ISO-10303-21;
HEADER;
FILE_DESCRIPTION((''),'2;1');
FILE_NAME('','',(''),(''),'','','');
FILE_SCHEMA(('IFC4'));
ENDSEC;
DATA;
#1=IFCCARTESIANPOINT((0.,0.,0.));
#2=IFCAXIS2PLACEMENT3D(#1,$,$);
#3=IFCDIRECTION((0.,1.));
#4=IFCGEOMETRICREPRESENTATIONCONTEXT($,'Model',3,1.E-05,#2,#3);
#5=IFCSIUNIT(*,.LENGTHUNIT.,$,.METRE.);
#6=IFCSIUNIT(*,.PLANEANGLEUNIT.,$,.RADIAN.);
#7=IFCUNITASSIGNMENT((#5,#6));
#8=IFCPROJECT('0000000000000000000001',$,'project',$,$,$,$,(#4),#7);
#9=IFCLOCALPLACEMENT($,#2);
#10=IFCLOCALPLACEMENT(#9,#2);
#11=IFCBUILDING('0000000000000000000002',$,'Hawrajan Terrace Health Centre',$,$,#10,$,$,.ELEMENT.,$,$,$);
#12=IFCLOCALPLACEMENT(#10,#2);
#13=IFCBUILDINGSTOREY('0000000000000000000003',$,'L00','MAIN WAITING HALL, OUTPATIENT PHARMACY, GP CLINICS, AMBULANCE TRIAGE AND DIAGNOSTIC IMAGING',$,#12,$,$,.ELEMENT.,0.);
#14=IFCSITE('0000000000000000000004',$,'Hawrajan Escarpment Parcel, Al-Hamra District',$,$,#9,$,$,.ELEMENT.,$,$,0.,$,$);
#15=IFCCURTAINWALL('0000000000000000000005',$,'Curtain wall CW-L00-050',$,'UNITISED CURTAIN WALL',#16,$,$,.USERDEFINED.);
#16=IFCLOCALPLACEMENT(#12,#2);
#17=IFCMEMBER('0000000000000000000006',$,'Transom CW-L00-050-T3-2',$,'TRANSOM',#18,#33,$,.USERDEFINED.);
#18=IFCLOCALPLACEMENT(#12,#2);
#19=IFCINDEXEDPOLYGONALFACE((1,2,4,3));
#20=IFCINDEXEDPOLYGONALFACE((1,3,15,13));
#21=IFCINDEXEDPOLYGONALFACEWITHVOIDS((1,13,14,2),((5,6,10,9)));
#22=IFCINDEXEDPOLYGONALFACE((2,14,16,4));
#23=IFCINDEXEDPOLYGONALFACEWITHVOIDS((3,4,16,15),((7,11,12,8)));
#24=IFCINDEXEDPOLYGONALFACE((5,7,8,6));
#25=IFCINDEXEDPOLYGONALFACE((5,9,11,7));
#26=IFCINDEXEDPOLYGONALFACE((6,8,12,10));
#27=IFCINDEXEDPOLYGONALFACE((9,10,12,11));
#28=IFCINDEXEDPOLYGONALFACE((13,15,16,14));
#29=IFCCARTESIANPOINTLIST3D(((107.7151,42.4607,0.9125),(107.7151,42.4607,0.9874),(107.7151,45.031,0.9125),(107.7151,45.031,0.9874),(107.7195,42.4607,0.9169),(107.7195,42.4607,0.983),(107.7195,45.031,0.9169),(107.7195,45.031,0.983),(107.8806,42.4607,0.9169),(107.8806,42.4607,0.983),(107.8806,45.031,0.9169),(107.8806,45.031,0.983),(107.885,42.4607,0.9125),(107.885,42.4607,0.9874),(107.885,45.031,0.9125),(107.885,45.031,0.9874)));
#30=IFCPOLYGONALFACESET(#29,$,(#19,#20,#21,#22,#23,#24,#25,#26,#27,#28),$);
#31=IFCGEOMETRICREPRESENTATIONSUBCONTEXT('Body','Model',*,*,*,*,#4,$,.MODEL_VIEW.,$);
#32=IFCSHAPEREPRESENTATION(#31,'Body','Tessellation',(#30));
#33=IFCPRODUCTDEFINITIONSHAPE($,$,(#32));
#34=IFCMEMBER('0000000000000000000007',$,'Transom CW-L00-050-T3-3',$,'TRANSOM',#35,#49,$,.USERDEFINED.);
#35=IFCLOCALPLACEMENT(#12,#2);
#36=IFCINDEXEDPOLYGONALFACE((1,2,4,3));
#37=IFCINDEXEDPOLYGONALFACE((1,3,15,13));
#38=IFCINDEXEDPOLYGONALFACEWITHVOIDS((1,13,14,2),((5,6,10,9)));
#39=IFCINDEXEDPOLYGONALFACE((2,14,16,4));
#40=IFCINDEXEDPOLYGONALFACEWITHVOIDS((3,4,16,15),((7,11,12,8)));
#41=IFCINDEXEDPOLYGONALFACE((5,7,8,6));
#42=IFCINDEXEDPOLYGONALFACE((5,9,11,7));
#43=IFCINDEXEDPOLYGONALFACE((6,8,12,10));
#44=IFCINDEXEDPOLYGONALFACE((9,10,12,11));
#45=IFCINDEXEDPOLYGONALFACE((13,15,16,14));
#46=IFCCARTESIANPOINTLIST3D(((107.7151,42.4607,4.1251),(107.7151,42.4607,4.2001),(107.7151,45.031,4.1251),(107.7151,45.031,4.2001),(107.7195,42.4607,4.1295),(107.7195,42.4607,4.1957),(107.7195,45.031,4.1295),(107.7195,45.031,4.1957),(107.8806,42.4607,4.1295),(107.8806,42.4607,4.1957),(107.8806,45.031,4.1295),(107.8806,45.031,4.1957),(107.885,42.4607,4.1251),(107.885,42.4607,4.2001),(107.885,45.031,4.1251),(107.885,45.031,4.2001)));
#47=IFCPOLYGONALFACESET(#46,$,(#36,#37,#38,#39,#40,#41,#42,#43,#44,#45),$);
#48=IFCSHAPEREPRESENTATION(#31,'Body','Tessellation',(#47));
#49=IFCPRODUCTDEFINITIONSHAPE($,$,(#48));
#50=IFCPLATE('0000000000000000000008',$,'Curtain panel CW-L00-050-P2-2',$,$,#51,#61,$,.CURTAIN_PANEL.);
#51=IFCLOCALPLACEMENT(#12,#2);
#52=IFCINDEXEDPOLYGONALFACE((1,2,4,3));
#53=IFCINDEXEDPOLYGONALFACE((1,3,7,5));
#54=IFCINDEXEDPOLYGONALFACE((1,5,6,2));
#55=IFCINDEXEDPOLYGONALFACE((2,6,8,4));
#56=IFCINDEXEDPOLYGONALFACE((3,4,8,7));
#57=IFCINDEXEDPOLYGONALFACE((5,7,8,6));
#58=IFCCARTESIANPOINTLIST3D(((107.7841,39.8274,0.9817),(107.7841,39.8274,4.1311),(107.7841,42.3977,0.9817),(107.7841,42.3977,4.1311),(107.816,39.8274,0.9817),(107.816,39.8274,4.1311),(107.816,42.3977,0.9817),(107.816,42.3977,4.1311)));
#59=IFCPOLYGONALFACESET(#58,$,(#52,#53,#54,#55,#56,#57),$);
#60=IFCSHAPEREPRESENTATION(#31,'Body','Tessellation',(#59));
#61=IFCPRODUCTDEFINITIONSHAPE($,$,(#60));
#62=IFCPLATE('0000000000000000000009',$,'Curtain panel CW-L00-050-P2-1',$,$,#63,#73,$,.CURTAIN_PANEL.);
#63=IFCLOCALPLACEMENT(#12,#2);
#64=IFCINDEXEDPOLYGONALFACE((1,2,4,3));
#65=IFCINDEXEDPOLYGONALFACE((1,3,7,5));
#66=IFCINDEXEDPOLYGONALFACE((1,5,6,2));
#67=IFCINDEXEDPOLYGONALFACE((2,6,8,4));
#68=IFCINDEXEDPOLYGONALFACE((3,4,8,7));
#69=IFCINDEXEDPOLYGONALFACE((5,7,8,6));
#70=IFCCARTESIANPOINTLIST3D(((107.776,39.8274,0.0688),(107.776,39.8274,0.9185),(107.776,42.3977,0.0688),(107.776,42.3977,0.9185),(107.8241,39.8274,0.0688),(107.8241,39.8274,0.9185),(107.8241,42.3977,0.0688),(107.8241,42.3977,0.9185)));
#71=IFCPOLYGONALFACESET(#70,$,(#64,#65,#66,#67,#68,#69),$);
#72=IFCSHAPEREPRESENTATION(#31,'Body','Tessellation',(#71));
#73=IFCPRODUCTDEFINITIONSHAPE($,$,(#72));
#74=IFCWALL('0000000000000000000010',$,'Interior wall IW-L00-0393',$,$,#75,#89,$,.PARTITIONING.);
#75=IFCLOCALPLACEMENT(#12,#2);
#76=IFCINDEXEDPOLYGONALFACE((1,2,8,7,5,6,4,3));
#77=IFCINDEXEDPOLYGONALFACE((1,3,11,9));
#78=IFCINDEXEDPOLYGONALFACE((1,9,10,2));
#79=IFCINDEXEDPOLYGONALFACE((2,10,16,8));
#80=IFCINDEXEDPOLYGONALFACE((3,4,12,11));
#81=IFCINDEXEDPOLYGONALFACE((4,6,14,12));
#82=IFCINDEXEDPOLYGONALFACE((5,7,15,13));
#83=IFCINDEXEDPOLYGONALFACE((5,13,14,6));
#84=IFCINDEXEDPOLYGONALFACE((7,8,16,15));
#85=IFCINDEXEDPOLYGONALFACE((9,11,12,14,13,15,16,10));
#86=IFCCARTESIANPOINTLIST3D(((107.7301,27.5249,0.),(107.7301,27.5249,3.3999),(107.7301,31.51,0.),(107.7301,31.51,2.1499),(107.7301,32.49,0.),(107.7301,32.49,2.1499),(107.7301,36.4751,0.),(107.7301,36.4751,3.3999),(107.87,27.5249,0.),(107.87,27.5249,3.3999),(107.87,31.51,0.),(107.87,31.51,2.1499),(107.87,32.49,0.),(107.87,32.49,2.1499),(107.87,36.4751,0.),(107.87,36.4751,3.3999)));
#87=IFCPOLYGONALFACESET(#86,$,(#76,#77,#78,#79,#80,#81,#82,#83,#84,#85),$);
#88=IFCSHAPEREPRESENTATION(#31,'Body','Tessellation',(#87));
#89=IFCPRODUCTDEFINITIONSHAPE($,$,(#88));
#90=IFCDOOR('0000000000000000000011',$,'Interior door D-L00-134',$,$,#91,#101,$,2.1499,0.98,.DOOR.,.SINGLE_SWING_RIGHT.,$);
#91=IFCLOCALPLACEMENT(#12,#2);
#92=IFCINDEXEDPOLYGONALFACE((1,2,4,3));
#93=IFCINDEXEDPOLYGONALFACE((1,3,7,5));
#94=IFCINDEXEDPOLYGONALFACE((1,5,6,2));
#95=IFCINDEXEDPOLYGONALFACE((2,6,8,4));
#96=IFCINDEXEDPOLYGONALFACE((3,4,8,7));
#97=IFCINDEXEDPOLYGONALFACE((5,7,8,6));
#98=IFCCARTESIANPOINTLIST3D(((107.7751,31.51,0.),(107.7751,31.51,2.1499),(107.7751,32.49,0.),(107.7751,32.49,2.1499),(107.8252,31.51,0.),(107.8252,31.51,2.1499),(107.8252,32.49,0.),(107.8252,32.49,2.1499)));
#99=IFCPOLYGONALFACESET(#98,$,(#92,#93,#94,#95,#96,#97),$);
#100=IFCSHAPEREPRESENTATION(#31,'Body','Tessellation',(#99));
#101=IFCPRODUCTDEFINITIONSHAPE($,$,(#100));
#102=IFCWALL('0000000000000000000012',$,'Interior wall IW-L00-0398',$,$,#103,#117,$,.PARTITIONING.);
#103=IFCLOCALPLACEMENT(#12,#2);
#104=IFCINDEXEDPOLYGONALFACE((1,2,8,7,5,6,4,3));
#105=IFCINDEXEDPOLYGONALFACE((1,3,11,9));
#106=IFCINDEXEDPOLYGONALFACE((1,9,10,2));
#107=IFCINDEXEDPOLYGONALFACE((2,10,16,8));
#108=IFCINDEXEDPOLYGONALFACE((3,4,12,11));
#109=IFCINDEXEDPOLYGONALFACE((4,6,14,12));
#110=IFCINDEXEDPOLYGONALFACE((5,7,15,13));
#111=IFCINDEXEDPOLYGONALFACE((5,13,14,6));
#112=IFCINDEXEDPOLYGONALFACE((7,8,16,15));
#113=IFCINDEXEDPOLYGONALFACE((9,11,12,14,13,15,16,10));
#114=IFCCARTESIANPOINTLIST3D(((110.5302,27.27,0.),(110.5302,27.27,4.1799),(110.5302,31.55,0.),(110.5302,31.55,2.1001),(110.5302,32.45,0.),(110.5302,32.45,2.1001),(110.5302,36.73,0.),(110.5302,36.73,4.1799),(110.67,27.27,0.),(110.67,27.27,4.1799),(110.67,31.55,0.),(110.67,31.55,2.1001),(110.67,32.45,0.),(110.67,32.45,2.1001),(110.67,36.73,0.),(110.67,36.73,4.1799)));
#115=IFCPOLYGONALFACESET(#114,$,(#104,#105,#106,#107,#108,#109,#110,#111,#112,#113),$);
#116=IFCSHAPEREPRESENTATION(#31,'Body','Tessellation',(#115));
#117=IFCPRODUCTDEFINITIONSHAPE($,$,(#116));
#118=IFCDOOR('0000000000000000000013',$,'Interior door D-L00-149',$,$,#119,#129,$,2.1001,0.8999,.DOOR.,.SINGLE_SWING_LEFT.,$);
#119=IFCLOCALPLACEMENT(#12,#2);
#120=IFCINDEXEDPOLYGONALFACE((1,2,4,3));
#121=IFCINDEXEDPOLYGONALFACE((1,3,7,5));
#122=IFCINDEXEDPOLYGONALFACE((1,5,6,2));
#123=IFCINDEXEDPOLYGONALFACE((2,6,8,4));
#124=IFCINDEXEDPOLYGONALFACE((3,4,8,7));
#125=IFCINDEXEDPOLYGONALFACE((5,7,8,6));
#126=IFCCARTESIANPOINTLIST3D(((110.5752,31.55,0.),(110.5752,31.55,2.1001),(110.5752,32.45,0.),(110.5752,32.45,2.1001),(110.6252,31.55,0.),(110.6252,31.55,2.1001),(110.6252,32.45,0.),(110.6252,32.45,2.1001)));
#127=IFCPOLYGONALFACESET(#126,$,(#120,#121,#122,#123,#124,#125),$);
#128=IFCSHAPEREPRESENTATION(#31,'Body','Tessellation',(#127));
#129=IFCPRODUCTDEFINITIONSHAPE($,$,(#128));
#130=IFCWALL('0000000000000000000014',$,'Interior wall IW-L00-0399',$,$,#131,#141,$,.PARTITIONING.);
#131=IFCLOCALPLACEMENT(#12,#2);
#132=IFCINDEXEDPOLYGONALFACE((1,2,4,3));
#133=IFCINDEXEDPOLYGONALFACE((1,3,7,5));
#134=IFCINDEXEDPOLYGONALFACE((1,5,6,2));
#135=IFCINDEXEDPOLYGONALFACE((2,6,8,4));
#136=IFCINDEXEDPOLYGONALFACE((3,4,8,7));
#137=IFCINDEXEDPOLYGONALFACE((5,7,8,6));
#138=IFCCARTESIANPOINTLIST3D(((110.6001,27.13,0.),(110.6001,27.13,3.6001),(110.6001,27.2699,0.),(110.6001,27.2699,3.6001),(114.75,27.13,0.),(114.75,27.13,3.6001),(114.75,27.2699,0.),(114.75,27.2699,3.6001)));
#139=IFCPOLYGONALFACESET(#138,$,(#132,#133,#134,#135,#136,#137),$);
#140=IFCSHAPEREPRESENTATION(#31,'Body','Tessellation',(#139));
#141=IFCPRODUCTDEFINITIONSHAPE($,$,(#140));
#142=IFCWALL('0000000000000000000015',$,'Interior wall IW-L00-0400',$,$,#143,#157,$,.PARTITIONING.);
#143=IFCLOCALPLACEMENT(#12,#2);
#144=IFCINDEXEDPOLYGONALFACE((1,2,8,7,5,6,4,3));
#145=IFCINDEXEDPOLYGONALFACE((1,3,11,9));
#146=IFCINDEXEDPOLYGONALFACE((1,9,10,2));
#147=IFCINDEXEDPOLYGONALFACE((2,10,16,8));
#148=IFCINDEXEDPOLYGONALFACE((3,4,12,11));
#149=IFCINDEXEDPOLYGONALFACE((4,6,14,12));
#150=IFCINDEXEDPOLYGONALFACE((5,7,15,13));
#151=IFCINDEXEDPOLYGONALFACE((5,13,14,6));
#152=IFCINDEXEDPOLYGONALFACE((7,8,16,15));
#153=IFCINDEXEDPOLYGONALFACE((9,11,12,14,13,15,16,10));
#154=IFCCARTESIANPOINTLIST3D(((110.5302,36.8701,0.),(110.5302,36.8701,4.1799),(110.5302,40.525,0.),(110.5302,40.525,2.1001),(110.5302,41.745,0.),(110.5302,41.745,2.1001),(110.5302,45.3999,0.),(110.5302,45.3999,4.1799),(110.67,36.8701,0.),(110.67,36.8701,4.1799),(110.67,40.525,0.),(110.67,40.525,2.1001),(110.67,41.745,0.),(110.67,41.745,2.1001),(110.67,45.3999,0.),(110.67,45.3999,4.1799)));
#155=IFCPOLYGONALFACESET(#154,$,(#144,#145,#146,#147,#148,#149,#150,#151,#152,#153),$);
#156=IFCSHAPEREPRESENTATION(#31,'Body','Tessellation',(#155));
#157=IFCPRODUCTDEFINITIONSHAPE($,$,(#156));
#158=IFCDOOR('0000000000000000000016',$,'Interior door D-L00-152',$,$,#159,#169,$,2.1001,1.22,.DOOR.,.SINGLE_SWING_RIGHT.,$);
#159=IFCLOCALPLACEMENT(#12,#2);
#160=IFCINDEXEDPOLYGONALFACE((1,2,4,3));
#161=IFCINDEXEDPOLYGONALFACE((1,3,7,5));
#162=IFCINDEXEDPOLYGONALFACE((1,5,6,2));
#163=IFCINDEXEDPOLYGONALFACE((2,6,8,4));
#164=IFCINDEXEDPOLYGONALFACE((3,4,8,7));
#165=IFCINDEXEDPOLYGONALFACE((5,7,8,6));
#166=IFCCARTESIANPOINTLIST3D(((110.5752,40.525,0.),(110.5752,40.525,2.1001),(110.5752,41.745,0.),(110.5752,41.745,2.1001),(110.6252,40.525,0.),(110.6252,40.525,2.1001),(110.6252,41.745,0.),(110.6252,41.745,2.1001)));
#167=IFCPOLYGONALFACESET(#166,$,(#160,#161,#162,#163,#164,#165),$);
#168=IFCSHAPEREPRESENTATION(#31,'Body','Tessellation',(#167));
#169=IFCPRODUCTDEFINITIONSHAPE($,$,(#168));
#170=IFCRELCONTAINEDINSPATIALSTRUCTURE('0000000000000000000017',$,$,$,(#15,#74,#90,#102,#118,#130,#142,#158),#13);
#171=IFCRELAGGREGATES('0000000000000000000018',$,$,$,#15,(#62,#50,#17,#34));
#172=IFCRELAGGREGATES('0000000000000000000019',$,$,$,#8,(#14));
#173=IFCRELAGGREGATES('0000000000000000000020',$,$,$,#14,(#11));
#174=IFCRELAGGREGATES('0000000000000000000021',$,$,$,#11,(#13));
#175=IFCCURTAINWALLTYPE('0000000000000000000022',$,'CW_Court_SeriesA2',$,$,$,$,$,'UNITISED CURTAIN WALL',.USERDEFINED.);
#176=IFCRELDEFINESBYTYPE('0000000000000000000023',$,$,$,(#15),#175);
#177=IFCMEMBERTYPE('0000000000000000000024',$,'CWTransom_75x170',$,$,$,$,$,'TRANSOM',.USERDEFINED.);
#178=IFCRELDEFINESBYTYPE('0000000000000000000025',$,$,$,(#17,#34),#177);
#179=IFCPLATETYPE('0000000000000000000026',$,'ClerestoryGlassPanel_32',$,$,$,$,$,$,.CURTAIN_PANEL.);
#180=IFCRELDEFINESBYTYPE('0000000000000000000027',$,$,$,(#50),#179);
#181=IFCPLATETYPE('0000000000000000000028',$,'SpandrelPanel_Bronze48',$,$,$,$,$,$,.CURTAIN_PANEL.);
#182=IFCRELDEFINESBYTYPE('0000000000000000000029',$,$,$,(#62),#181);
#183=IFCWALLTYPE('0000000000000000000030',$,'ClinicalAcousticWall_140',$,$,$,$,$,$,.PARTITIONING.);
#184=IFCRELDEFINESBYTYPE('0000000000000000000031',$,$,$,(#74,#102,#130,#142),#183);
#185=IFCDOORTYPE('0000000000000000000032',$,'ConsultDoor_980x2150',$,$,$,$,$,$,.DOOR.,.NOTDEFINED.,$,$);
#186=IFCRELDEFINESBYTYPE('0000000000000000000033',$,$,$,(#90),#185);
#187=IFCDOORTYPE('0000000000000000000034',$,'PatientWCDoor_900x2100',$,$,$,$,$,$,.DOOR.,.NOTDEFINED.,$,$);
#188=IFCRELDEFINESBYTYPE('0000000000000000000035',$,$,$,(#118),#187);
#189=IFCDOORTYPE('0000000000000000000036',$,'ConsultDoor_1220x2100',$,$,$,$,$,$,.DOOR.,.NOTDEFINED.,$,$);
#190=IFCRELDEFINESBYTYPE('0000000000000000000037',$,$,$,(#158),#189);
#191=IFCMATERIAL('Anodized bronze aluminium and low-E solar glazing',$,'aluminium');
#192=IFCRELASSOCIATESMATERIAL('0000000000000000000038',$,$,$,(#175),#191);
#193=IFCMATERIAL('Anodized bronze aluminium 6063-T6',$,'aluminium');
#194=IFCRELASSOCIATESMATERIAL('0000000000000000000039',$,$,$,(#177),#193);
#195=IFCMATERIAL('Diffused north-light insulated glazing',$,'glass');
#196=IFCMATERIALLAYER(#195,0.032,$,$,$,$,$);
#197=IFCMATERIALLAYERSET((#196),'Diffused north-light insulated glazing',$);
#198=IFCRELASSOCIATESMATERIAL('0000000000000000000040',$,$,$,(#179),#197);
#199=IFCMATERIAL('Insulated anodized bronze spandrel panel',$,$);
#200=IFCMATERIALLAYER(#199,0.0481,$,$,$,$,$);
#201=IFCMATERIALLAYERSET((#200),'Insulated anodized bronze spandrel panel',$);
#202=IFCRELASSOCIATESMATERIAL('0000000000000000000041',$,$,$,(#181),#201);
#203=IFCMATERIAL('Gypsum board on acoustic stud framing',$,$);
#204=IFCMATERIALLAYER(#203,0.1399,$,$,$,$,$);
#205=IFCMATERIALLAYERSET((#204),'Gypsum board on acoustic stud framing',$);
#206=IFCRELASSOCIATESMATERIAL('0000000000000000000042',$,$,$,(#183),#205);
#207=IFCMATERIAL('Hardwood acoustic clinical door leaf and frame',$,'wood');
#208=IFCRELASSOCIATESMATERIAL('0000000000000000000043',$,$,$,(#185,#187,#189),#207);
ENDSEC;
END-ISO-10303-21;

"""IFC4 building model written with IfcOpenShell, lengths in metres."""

from ifc_helpers import new_model, si_unit, direction, frame, frame_2d, origin, origin_2d, place, context, subcontext, project, spatial, rectangle, hollow_rectangle, extrude, material, layer, layer_set, material_profile, profile_set, type_object, element, fill, aggregate, save


model = new_model("IFC4")

# Units and contexts
model_context = context("Model", 3, precision=1e-05, world=origin(), true_north=direction((0.0, 1.0)))
body_context = subcontext(model_context, "Body", "Model", "MODEL_VIEW")
ifc_project = project(units=[si_unit("LENGTHUNIT", "METRE"), si_unit("PLANEANGLEUNIT", "RADIAN")], contexts=[model_context])

# Site, building, storey
site_placement = place(None, origin())
site = spatial("IfcSite", under=ifc_project, at=site_placement, Name="Hawrajan Escarpment Parcel, Al-Hamra District", CompositionType="ELEMENT", RefElevation=0.0)
building_placement = place(site_placement, origin())
building = spatial("IfcBuilding", under=site, at=building_placement, Name="Hawrajan Terrace Health Centre", CompositionType="ELEMENT")
storey_placement = place(building_placement, origin())
storey = spatial("IfcBuildingStorey", under=building, at=storey_placement, Name="L00", Description="MAIN WAITING HALL, OUTPATIENT PHARMACY, GP CLINICS, AMBULANCE TRIAGE AND DIAGNOSTIC IMAGING", CompositionType="ELEMENT", Elevation=0.0)

# Curtain wall, members, plates
ifc_material_1 = material(Name="Anodized bronze aluminium and low-E solar glazing", Category="aluminium")
curtain_wall_type = type_object("IfcCurtainWallType", Name="CW_Court_SeriesA2", ElementType="UNITISED CURTAIN WALL", PredefinedType="USERDEFINED", material=ifc_material_1)
curtain_wall_placement = place(storey_placement, origin())
curtain_wall = element("IfcCurtainWall", 1, at=curtain_wall_placement, inside=storey, type_object=curtain_wall_type, Name="Curtain wall CW-L00-050", ObjectType="UNITISED CURTAIN WALL", PredefinedType="USERDEFINED")
ifc_material_2 = material(Name="Anodized bronze aluminium 6063-T6", Category="aluminium")
ifc_material_profile_1 = material_profile(ifc_material_2, hollow_rectangle(XDim=0.075, YDim=0.1699, WallThickness=0.0044, at=origin_2d()), Name="CW TRN 75x170")
ifc_profile_set_1 = profile_set([ifc_material_profile_1], Name="Anodized bronze aluminium 6063-T6")
member_type = type_object("IfcMemberType", Name="CWTransom_75x170", ElementType="TRANSOM", PredefinedType="USERDEFINED", material=ifc_profile_set_1)
member_1_placement = place(storey_placement, frame((107.8, 42.4607, 0.95), z_axis=(0.0, 1.0, 0.0), x_axis=(0.0, 0.0, 1.0)))
member_1 = element("IfcMember", 2, at=member_1_placement, type_object=member_type, Name="Transom CW-L00-050-T3-2", ObjectType="TRANSOM", PredefinedType="USERDEFINED", context=body_context, shape_type="SweptSolid", body=[
    extrude(hollow_rectangle(XDim=0.075, YDim=0.1699, WallThickness=0.0044, at=origin_2d()), origin(), (0.0, 0.0, 1.0), 2.5703),
])
member_2_placement = place(storey_placement, frame((107.8, 42.4607, 4.1626), z_axis=(0.0, 1.0, 0.0), x_axis=(0.0, 0.0, 1.0)))
member_2 = element("IfcMember", 3, at=member_2_placement, type_object=member_type, Name="Transom CW-L00-050-T3-3", ObjectType="TRANSOM", PredefinedType="USERDEFINED", context=body_context, shape_type="SweptSolid", body=[
    extrude(hollow_rectangle(XDim=0.075, YDim=0.1699, WallThickness=0.0044, at=origin_2d()), origin(), (0.0, 0.0, 1.0), 2.5703),
])
ifc_material_3 = material(Name="Diffused north-light insulated glazing", Category="glass")
ifc_layer_1 = layer(ifc_material_3, 0.032)
ifc_layer_set_1 = layer_set([ifc_layer_1], Name="Diffused north-light insulated glazing")
plate_type_1 = type_object("IfcPlateType", Name="ClerestoryGlassPanel_32", PredefinedType="CURTAIN_PANEL", material=ifc_layer_set_1)
plate_1_placement = place(storey_placement, frame((107.8, 41.1125, 0.9817), z_axis=(0.0, 0.0, 1.0), x_axis=(0.0, 1.0, 0.0)))
plate_1 = element("IfcPlate", 4, at=plate_1_placement, type_object=plate_type_1, Name="Curtain panel CW-L00-050-P2-2", PredefinedType="CURTAIN_PANEL", context=body_context, shape_type="SweptSolid", body=[
    extrude(rectangle(XDim=2.5703, YDim=0.032, at=origin_2d()), origin(), (0.0, 0.0, 1.0), 3.1494),
])
ifc_material_4 = material(Name="Insulated anodized bronze spandrel panel")
ifc_layer_2 = layer(ifc_material_4, 0.0481)
ifc_layer_set_2 = layer_set([ifc_layer_2], Name="Insulated anodized bronze spandrel panel")
plate_type_2 = type_object("IfcPlateType", Name="SpandrelPanel_Bronze48", PredefinedType="CURTAIN_PANEL", material=ifc_layer_set_2)
plate_2_placement = place(storey_placement, frame((107.8, 41.1125, 0.0688), z_axis=(0.0, 0.0, 1.0), x_axis=(0.0, 1.0, 0.0)))
plate_2 = element("IfcPlate", 5, at=plate_2_placement, type_object=plate_type_2, Name="Curtain panel CW-L00-050-P2-1", PredefinedType="CURTAIN_PANEL", context=body_context, shape_type="SweptSolid", body=[
    extrude(rectangle(XDim=2.5703, YDim=0.0481, at=origin_2d()), origin(), (0.0, 0.0, 1.0), 0.8496),
])
aggregate(curtain_wall, [plate_2, plate_1, member_1, member_2])

# Walls, openings, doors
ifc_material_5 = material(Name="Gypsum board on acoustic stud framing")
ifc_layer_3 = layer(ifc_material_5, 0.1399)
ifc_layer_set_3 = layer_set([ifc_layer_3], Name="Gypsum board on acoustic stud framing")
wall_type_1 = type_object("IfcWallType", Name="ClinicalAcousticWall_140", PredefinedType="PARTITIONING", material=ifc_layer_set_3)
wall_1_placement = place(storey_placement, frame((107.8, 27.5249, 0.0), z_axis=(0.0, 0.0, 1.0), x_axis=(0.0, 1.0, 0.0)))
wall_1 = element("IfcWall", 6, at=wall_1_placement, inside=storey, type_object=wall_type_1, Name="Interior wall IW-L00-0393", PredefinedType="PARTITIONING", context=body_context, shape_type="SweptSolid", body=[
    extrude(rectangle(XDim=8.9502, YDim=0.1399, at=frame_2d((4.4751, 0.0))), origin(), (0.0, 0.0, 1.0), 3.3999),
])
opening_1_placement = place(wall_1_placement, frame((3.9851, 0.0, 0.0)))
opening_1 = element("IfcOpeningElement", 7, at=opening_1_placement, cuts=wall_1, PredefinedType="OPENING", context=body_context, shape_type="SweptSolid", body=[
    extrude(rectangle(XDim=0.98, YDim=2.1499, at=frame_2d((0.49, 1.075))), frame((0.0, 0.0798, 0.0), z_axis=(0.0, -1.0, 0.0), x_axis=(1.0, 0.0, 0.0)), (0.0, 0.0, 1.0), 0.1599),
])
ifc_material_6 = material(Name="Hardwood acoustic clinical door leaf and frame", Category="wood")
door_type_1 = type_object("IfcDoorType", Name="ConsultDoor_980x2150", OperationType="NOTDEFINED", PredefinedType="DOOR", material=ifc_material_6)
door_1_placement = place(opening_1_placement, origin())
door_1 = element("IfcDoor", 8, at=door_1_placement, inside=storey, type_object=door_type_1, Name="Interior door D-L00-134", OperationType="SINGLE_SWING_RIGHT", OverallHeight=2.1499, OverallWidth=0.98, PredefinedType="DOOR", context=body_context, shape_type="SweptSolid", body=[
    extrude(rectangle(XDim=0.98, YDim=2.1499, at=frame_2d((0.49, 1.075))), frame((0.0, 0.0249, 0.0), z_axis=(0.0, -1.0, 0.0), x_axis=(1.0, 0.0, 0.0)), (0.0, 0.0, 1.0), 0.05),
])
fill(opening_1, door_1)
wall_2_placement = place(storey_placement, frame((110.6001, 27.27, 0.0), z_axis=(0.0, 0.0, 1.0), x_axis=(0.0, 1.0, 0.0)))
wall_2 = element("IfcWall", 9, at=wall_2_placement, inside=storey, type_object=wall_type_1, Name="Interior wall IW-L00-0398", PredefinedType="PARTITIONING", context=body_context, shape_type="SweptSolid", body=[
    extrude(rectangle(XDim=9.46, YDim=0.1399, at=frame_2d((4.73, 0.0))), origin(), (0.0, 0.0, 1.0), 4.1799),
])
opening_2_placement = place(wall_2_placement, frame((4.28, 0.0, 0.0)))
opening_2 = element("IfcOpeningElement", 10, at=opening_2_placement, cuts=wall_2, PredefinedType="OPENING", context=body_context, shape_type="SweptSolid", body=[
    extrude(rectangle(XDim=0.8999, YDim=2.1001, at=frame_2d((0.45, 1.05))), frame((0.0, 0.0798, 0.0), z_axis=(0.0, -1.0, 0.0), x_axis=(1.0, 0.0, 0.0)), (0.0, 0.0, 1.0), 0.1599),
])
door_type_2 = type_object("IfcDoorType", Name="PatientWCDoor_900x2100", OperationType="NOTDEFINED", PredefinedType="DOOR", material=ifc_material_6)
door_2_placement = place(opening_2_placement, origin())
door_2 = element("IfcDoor", 11, at=door_2_placement, inside=storey, type_object=door_type_2, Name="Interior door D-L00-149", OperationType="SINGLE_SWING_LEFT", OverallHeight=2.1001, OverallWidth=0.8999, PredefinedType="DOOR", context=body_context, shape_type="SweptSolid", body=[
    extrude(rectangle(XDim=0.8999, YDim=2.1001, at=frame_2d((0.45, 1.05))), frame((0.0, 0.0249, 0.0), z_axis=(0.0, -1.0, 0.0), x_axis=(1.0, 0.0, 0.0)), (0.0, 0.0, 1.0), 0.05),
])
fill(opening_2, door_2)

# Wall
wall_3_placement = place(storey_placement, frame((110.6001, 27.2, 0.0), z_axis=(0.0, 0.0, 1.0), x_axis=(1.0, 0.0, 0.0)))
element("IfcWall", 12, at=wall_3_placement, inside=storey, type_object=wall_type_1, Name="Interior wall IW-L00-0399", PredefinedType="PARTITIONING", context=body_context, shape_type="SweptSolid", body=[
    extrude(rectangle(XDim=4.1499, YDim=0.1399, at=frame_2d((2.075, 0.0))), origin(), (0.0, 0.0, 1.0), 3.6001),
])

# Wall, opening, door
wall_4_placement = place(storey_placement, frame((110.6001, 36.8701, 0.0), z_axis=(0.0, 0.0, 1.0), x_axis=(0.0, 1.0, 0.0)))
wall_4 = element("IfcWall", 13, at=wall_4_placement, inside=storey, type_object=wall_type_1, Name="Interior wall IW-L00-0400", PredefinedType="PARTITIONING", context=body_context, shape_type="SweptSolid", body=[
    extrude(rectangle(XDim=8.5298, YDim=0.1399, at=frame_2d((4.2649, 0.0))), origin(), (0.0, 0.0, 1.0), 4.1799),
])
opening_3_placement = place(wall_4_placement, frame((3.655, 0.0, 0.0)))
opening_3 = element("IfcOpeningElement", 14, at=opening_3_placement, cuts=wall_4, PredefinedType="OPENING", context=body_context, shape_type="SweptSolid", body=[
    extrude(rectangle(XDim=1.22, YDim=2.1001, at=frame_2d((0.6099, 1.05))), frame((0.0, 0.0798, 0.0), z_axis=(0.0, -1.0, 0.0), x_axis=(1.0, 0.0, 0.0)), (0.0, 0.0, 1.0), 0.1599),
])
door_type_3 = type_object("IfcDoorType", Name="ConsultDoor_1220x2100", OperationType="NOTDEFINED", PredefinedType="DOOR", material=ifc_material_6)
door_3_placement = place(opening_3_placement, origin())
door_3 = element("IfcDoor", 15, at=door_3_placement, inside=storey, type_object=door_type_3, Name="Interior door D-L00-152", OperationType="SINGLE_SWING_RIGHT", OverallHeight=2.1001, OverallWidth=1.22, PredefinedType="DOOR", context=body_context, shape_type="SweptSolid", body=[
    extrude(rectangle(XDim=1.22, YDim=2.1001, at=frame_2d((0.6099, 1.05))), frame((0.0, 0.0249, 0.0), z_axis=(0.0, -1.0, 0.0), x_axis=(1.0, 0.0, 0.0)), (0.0, 0.0, 1.0), 0.05),
])
fill(opening_3, door_3)

save(model, "model.ifc")
